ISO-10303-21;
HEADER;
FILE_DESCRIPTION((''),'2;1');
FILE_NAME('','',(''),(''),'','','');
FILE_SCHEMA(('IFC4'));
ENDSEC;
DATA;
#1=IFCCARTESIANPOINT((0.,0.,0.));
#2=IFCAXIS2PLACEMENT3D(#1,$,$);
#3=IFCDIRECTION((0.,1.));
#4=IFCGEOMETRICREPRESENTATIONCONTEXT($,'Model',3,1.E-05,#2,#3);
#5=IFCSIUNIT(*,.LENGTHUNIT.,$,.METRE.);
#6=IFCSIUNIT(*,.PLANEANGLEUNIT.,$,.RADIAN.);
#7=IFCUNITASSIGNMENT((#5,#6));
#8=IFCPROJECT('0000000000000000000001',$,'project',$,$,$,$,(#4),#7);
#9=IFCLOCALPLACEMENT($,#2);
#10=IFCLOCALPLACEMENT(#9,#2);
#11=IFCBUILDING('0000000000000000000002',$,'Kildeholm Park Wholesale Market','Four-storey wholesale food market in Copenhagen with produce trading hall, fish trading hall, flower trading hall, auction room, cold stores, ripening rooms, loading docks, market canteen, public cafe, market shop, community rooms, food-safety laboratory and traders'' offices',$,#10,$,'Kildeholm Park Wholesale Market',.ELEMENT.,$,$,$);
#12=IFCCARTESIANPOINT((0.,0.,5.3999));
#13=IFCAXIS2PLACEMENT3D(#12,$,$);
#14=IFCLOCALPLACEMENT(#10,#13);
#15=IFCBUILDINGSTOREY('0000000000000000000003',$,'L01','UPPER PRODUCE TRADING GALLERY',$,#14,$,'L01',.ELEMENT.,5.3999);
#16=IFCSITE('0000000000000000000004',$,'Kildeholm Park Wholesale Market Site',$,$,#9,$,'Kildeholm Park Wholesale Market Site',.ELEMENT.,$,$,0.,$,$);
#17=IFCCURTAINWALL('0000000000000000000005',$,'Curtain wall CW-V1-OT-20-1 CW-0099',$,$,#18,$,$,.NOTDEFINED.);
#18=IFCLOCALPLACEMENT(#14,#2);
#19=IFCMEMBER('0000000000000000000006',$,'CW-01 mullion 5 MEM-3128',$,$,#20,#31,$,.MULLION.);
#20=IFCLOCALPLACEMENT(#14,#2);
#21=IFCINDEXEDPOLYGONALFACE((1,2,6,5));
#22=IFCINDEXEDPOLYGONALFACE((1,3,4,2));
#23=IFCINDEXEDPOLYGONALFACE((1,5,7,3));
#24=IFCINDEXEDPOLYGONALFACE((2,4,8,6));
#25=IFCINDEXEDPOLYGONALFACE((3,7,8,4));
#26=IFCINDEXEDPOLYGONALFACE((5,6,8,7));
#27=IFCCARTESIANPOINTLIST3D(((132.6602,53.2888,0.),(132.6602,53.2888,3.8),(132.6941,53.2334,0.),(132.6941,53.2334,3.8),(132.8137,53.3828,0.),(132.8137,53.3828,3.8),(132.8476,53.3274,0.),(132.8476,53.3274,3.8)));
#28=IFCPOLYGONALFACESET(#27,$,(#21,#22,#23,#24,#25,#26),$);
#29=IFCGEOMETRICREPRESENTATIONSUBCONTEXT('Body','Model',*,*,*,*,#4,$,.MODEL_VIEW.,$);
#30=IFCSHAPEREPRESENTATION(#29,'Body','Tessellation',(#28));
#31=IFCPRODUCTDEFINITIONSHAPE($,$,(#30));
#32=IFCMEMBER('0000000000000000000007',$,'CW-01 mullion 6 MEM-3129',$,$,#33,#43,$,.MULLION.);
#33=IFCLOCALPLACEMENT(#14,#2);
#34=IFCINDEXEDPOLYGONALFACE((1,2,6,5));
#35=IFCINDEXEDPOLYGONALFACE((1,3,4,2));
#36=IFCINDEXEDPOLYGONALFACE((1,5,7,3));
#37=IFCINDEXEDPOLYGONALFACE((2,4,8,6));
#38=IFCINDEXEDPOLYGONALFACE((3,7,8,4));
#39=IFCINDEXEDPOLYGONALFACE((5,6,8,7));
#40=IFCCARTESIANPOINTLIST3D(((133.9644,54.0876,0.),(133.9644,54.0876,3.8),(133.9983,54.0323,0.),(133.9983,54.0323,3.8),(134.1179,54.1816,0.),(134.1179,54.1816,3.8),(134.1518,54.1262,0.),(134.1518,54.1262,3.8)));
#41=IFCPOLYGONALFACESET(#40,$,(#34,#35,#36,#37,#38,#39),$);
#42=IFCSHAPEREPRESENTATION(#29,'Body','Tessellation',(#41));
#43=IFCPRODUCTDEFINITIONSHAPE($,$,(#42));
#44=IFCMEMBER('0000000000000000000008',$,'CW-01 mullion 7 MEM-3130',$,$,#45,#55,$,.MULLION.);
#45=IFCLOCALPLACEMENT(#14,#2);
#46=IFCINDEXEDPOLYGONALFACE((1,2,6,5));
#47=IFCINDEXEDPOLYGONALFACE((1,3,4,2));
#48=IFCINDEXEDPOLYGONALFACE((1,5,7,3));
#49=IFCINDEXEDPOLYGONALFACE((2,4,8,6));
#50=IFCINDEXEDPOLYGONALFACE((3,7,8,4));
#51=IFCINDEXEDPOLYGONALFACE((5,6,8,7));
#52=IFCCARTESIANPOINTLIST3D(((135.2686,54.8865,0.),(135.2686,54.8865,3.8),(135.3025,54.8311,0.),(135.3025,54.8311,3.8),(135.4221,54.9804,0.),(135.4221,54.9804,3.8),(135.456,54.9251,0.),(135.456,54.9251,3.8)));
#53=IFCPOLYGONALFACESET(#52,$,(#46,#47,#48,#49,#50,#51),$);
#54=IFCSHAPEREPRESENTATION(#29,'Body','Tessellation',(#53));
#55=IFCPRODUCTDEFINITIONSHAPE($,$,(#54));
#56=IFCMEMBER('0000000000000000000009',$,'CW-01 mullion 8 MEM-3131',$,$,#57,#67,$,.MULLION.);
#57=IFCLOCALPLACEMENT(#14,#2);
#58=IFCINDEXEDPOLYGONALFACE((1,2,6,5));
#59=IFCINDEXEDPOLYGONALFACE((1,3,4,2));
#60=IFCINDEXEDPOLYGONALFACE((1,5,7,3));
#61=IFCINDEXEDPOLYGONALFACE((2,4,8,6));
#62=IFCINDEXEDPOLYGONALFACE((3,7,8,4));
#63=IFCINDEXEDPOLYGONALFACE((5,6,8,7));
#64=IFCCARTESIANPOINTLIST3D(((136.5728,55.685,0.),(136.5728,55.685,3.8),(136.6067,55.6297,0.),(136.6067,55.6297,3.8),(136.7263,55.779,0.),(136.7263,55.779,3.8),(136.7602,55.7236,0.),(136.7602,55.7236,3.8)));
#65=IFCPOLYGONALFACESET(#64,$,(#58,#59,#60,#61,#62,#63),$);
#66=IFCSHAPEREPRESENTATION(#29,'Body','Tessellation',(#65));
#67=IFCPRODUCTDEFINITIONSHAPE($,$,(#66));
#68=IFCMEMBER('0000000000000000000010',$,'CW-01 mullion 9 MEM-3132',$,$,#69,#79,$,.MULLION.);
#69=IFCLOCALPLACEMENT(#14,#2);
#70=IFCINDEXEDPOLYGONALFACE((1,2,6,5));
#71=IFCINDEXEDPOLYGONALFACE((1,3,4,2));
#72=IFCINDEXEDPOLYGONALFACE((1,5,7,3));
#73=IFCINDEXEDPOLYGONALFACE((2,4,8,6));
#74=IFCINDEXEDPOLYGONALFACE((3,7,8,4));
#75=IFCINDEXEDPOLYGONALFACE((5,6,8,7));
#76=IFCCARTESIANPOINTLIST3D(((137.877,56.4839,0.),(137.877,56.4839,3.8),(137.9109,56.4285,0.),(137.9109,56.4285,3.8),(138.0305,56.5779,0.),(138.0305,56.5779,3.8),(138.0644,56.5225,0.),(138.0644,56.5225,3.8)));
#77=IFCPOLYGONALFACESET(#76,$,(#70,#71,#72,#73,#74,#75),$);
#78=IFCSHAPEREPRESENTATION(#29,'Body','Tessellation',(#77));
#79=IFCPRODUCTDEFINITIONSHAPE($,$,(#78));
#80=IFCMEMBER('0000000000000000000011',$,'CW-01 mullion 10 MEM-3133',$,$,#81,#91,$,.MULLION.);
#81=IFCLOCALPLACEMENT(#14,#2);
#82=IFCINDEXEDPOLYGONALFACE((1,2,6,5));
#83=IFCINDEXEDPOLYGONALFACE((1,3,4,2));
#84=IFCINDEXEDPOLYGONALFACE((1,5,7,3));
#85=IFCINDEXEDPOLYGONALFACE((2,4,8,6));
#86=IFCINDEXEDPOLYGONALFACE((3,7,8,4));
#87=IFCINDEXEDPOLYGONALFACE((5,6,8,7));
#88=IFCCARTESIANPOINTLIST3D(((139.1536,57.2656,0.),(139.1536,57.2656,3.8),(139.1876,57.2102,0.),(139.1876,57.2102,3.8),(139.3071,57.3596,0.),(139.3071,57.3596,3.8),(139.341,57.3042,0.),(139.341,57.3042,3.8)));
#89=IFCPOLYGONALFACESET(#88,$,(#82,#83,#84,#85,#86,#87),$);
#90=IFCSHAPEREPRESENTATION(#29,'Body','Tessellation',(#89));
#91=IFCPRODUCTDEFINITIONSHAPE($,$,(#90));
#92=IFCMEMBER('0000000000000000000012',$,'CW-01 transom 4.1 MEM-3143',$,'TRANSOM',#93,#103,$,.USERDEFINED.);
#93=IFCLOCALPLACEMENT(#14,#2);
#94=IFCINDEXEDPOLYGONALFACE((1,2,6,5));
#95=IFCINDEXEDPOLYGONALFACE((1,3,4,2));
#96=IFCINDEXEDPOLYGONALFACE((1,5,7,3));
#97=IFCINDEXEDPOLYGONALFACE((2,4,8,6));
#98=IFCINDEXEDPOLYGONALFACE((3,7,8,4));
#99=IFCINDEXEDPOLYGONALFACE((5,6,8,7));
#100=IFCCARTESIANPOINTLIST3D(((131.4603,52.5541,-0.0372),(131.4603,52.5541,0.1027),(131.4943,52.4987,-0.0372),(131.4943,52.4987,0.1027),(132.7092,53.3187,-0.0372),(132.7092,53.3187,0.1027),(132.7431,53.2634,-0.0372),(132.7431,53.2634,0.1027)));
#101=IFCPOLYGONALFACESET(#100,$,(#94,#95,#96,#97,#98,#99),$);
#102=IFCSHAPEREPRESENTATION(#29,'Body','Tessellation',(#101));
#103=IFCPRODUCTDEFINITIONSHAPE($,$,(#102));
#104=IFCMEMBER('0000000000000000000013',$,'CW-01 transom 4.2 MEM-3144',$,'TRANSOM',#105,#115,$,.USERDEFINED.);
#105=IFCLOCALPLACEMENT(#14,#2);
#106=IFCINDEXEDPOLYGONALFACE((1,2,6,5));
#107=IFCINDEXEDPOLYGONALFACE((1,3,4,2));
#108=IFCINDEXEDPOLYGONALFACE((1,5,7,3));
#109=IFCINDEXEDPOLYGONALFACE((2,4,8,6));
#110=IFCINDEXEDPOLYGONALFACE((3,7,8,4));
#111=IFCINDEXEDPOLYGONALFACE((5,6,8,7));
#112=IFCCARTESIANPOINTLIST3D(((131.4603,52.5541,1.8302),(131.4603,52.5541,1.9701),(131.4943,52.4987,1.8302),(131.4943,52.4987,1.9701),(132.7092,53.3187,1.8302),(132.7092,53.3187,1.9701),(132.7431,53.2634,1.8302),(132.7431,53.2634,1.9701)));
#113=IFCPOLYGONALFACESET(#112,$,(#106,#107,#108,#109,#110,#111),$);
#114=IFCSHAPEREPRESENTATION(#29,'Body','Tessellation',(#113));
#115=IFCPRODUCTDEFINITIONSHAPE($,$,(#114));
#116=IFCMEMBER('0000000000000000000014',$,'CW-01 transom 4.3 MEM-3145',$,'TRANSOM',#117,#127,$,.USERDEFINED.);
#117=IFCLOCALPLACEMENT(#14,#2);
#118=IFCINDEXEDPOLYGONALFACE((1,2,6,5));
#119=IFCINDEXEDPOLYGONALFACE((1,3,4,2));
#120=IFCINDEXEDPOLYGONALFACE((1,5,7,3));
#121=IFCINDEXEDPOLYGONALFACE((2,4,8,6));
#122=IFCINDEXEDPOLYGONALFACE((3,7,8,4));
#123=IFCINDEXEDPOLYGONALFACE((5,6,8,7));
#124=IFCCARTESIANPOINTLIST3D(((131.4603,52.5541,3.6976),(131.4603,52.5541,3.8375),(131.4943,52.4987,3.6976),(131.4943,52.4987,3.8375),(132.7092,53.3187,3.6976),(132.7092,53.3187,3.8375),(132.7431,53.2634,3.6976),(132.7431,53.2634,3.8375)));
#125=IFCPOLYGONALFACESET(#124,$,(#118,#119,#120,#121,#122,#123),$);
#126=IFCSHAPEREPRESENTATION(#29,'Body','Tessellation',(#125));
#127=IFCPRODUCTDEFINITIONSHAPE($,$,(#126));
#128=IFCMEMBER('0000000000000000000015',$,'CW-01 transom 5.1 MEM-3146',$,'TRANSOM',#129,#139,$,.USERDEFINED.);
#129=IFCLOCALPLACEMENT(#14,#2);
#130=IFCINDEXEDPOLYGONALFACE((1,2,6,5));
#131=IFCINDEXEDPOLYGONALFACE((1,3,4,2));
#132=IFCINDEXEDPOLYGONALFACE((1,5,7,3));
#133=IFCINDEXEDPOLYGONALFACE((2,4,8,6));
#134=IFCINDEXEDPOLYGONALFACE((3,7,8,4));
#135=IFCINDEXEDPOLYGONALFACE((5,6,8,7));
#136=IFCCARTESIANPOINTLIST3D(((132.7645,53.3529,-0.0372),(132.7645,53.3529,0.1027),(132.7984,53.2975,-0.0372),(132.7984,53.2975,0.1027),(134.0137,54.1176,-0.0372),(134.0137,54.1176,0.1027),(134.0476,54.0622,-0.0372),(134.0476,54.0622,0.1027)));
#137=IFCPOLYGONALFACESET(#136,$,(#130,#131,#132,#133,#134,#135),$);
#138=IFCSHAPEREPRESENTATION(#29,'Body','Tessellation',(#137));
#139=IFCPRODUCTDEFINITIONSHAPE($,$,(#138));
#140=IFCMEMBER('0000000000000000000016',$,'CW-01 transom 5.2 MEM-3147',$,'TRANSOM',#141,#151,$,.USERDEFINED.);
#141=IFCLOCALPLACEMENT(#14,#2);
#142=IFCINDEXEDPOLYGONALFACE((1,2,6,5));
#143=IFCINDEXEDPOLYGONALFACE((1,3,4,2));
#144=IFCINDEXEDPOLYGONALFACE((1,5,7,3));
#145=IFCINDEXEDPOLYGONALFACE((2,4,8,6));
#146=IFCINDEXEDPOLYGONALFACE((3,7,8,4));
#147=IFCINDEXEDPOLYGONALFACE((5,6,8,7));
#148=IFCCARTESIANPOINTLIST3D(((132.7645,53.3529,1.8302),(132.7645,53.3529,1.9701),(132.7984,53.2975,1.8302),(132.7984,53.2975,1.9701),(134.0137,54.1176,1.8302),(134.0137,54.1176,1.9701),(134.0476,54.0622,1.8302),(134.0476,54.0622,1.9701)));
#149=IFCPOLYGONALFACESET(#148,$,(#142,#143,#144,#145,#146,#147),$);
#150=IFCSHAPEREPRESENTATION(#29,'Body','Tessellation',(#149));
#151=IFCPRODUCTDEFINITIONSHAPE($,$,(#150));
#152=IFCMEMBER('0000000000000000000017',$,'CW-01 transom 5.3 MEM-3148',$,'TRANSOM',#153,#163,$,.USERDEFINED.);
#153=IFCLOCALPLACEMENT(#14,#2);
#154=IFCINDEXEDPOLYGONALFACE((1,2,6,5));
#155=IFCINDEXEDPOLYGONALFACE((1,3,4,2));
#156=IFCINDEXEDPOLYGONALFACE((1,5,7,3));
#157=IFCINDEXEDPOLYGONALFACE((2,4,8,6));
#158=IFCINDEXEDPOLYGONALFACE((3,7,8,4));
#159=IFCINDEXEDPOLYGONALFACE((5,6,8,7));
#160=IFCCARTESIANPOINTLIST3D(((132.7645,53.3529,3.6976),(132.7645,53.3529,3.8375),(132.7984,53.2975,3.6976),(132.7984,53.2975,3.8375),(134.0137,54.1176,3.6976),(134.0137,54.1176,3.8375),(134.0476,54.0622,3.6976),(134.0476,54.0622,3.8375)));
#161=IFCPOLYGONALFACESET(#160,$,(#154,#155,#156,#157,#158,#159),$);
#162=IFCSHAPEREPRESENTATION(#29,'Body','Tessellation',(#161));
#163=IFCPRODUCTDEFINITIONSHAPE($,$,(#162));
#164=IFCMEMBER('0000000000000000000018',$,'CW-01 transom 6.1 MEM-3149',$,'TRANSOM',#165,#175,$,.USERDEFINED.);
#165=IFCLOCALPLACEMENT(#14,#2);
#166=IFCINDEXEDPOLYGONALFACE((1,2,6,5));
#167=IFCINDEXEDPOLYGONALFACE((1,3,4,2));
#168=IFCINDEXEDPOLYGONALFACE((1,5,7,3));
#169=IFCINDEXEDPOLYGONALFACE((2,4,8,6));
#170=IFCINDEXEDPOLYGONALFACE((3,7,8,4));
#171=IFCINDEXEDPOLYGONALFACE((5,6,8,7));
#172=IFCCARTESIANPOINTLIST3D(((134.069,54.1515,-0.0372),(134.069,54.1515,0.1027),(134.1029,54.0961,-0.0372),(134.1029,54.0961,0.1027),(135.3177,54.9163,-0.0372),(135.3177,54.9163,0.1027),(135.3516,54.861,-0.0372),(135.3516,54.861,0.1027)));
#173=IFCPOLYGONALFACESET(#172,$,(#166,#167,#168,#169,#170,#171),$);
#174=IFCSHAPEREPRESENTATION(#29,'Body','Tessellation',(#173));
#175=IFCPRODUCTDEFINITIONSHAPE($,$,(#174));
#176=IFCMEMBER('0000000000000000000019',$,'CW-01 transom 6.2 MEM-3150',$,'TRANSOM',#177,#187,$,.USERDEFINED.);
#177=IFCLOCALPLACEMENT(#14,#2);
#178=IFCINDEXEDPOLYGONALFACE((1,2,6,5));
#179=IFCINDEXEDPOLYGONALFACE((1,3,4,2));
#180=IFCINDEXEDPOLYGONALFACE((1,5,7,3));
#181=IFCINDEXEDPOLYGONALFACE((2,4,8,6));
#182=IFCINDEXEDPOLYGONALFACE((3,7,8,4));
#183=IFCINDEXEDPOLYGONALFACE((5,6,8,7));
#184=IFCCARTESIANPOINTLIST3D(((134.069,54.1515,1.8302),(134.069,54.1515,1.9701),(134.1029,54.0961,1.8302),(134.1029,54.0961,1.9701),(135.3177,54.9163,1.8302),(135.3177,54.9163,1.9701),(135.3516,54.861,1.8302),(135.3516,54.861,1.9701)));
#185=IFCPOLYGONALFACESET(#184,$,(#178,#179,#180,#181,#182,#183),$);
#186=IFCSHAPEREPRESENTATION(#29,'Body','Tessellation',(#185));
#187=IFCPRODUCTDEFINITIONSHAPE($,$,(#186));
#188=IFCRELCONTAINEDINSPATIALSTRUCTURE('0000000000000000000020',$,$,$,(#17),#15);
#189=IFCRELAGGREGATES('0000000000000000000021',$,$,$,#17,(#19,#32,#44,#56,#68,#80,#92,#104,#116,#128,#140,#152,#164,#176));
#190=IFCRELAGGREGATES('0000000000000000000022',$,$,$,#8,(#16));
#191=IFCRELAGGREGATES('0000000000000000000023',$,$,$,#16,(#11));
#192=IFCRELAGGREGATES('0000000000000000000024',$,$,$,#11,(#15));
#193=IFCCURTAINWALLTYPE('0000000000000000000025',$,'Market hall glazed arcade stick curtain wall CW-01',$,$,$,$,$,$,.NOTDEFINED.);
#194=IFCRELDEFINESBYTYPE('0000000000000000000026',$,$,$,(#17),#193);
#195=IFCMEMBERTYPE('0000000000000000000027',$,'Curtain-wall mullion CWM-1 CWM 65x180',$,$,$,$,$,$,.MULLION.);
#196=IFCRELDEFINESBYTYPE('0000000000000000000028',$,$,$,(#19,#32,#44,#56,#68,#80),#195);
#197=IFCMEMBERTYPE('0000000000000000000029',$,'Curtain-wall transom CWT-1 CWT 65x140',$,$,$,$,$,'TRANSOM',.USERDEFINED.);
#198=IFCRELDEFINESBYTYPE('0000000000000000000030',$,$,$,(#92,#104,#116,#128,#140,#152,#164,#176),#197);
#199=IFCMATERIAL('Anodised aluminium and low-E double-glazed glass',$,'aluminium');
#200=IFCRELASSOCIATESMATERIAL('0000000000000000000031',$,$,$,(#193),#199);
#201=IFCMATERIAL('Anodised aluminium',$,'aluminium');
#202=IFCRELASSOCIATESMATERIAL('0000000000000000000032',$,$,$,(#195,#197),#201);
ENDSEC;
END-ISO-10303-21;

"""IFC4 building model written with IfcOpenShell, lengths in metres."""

from ifc_helpers import new_model, si_unit, direction, frame, origin, origin_2d, place, context, subcontext, project, spatial, rectangle, extrude, material, material_profile, profile_set, type_object, element, aggregate, save


model = new_model("IFC4")

# Units and contexts
model_context = context("Model", 3, precision=1e-05, world=origin(), true_north=direction((0.0, 1.0)))
body_context = subcontext(model_context, "Body", "Model", "MODEL_VIEW")
ifc_project = project(units=[si_unit("LENGTHUNIT", "METRE"), si_unit("PLANEANGLEUNIT", "RADIAN")], contexts=[model_context])

# Site, building, storey
site_placement = place(None, origin())
site = spatial("IfcSite", under=ifc_project, at=site_placement, Name="Kildeholm Park Wholesale Market Site", LongName="Kildeholm Park Wholesale Market Site", CompositionType="ELEMENT", RefElevation=0.0)
building_placement = place(site_placement, origin())
building = spatial("IfcBuilding", under=site, at=building_placement, Name="Kildeholm Park Wholesale Market", Description="Four-storey wholesale food market in Copenhagen with produce trading hall, fish trading hall, flower trading hall, auction room, cold stores, ripening rooms, loading docks, market canteen, public cafe, market shop, community rooms, food-safety laboratory and traders' offices", LongName="Kildeholm Park Wholesale Market", CompositionType="ELEMENT")
storey_placement = place(building_placement, frame((0.0, 0.0, 5.3999)))
storey = spatial("IfcBuildingStorey", under=building, at=storey_placement, Name="L01", Description="UPPER PRODUCE TRADING GALLERY", LongName="L01", CompositionType="ELEMENT", Elevation=5.3999)

# Curtain wall, members
ifc_material_1 = material(Name="Anodised aluminium and low-E double-glazed glass", Category="aluminium")
curtain_wall_type = type_object("IfcCurtainWallType", Name="Market hall glazed arcade stick curtain wall CW-01", PredefinedType="NOTDEFINED", material=ifc_material_1)
curtain_wall_placement = place(storey_placement, origin())
curtain_wall = element("IfcCurtainWall", 1, at=curtain_wall_placement, inside=storey, type_object=curtain_wall_type, Name="Curtain wall CW-V1-OT-20-1 CW-0099", PredefinedType="NOTDEFINED")
ifc_material_2 = material(Name="Anodised aluminium", Category="aluminium")
ifc_material_profile_1 = material_profile(ifc_material_2, rectangle(XDim=0.0649, YDim=0.1799, at=origin_2d()), Name="CWM 65x180")
ifc_profile_set_1 = profile_set([ifc_material_profile_1], Name="Anodised aluminium")
member_type_1 = type_object("IfcMemberType", Name="Curtain-wall mullion CWM-1 CWM 65x180", PredefinedType="MULLION", material=ifc_profile_set_1)
member_1_placement = place(storey_placement, frame((132.7539, 53.3081, 0.0), z_axis=(0.0, 0.0, 1.0), x_axis=(-0.522284, 0.852771, 0.0)))
member_1 = element("IfcMember", 2, at=member_1_placement, type_object=member_type_1, Name="CW-01 mullion 5 MEM-3128", PredefinedType="MULLION", context=body_context, shape_type="SweptSolid", body=[
    extrude(rectangle(XDim=0.0649, YDim=0.1799, at=origin_2d()), origin(), (0.0, 0.0, 1.0), 3.8),
])
member_2_placement = place(storey_placement, frame((134.0581, 54.1069, 0.0), z_axis=(0.0, 0.0, 1.0), x_axis=(-0.522284, 0.852771, 0.0)))
member_2 = element("IfcMember", 3, at=member_2_placement, type_object=member_type_1, Name="CW-01 mullion 6 MEM-3129", PredefinedType="MULLION", context=body_context, shape_type="SweptSolid", body=[
    extrude(rectangle(XDim=0.0649, YDim=0.1799, at=origin_2d()), origin(), (0.0, 0.0, 1.0), 3.8),
])
member_3_placement = place(storey_placement, frame((135.3623, 54.9058, 0.0), z_axis=(0.0, 0.0, 1.0), x_axis=(-0.522284, 0.852771, 0.0)))
member_3 = element("IfcMember", 4, at=member_3_placement, type_object=member_type_1, Name="CW-01 mullion 7 MEM-3130", PredefinedType="MULLION", context=body_context, shape_type="SweptSolid", body=[
    extrude(rectangle(XDim=0.0649, YDim=0.1799, at=origin_2d()), origin(), (0.0, 0.0, 1.0), 3.8),
])
member_4_placement = place(storey_placement, frame((136.6665, 55.7043, 0.0), z_axis=(0.0, 0.0, 1.0), x_axis=(-0.522284, 0.852771, 0.0)))
member_4 = element("IfcMember", 5, at=member_4_placement, type_object=member_type_1, Name="CW-01 mullion 8 MEM-3131", PredefinedType="MULLION", context=body_context, shape_type="SweptSolid", body=[
    extrude(rectangle(XDim=0.0649, YDim=0.1799, at=origin_2d()), origin(), (0.0, 0.0, 1.0), 3.8),
])
member_5_placement = place(storey_placement, frame((137.9707, 56.5032, 0.0), z_axis=(0.0, 0.0, 1.0), x_axis=(-0.522284, 0.852771, 0.0)))
member_5 = element("IfcMember", 6, at=member_5_placement, type_object=member_type_1, Name="CW-01 mullion 9 MEM-3132", PredefinedType="MULLION", context=body_context, shape_type="SweptSolid", body=[
    extrude(rectangle(XDim=0.0649, YDim=0.1799, at=origin_2d()), origin(), (0.0, 0.0, 1.0), 3.8),
])
member_6_placement = place(storey_placement, frame((139.2473, 57.2849, 0.0), z_axis=(0.0, 0.0, 1.0), x_axis=(-0.522284, 0.852771, 0.0)))
member_6 = element("IfcMember", 7, at=member_6_placement, type_object=member_type_1, Name="CW-01 mullion 10 MEM-3133", PredefinedType="MULLION", context=body_context, shape_type="SweptSolid", body=[
    extrude(rectangle(XDim=0.0649, YDim=0.1799, at=origin_2d()), origin(), (0.0, 0.0, 1.0), 3.8),
])
ifc_material_profile_2 = material_profile(ifc_material_2, rectangle(XDim=0.0649, YDim=0.1399, at=origin_2d()), Name="CWT 65x140")
ifc_profile_set_2 = profile_set([ifc_material_profile_2], Name="Anodised aluminium")
member_type_2 = type_object("IfcMemberType", Name="Curtain-wall transom CWT-1 CWT 65x140", ElementType="TRANSOM", PredefinedType="USERDEFINED", material=ifc_profile_set_2)
member_7_placement = place(storey_placement, frame((131.4773, 52.5264, 0.0327), z_axis=(0.852824, 0.522198, 0.0), x_axis=(-0.522198, 0.852824, 0.0)))
member_7 = element("IfcMember", 8, at=member_7_placement, type_object=member_type_2, Name="CW-01 transom 4.1 MEM-3143", ObjectType="TRANSOM", PredefinedType="USERDEFINED", context=body_context, shape_type="SweptSolid", body=[
    extrude(rectangle(XDim=0.0649, YDim=0.1399, at=origin_2d()), origin(), (0.0, 0.0, 1.0), 1.4644),
])
member_8_placement = place(storey_placement, frame((131.4773, 52.5264, 1.9001), z_axis=(0.852824, 0.522198, 0.0), x_axis=(-0.522198, 0.852824, 0.0)))
member_8 = element("IfcMember", 9, at=member_8_placement, type_object=member_type_2, Name="CW-01 transom 4.2 MEM-3144", ObjectType="TRANSOM", PredefinedType="USERDEFINED", context=body_context, shape_type="SweptSolid", body=[
    extrude(rectangle(XDim=0.0649, YDim=0.1399, at=origin_2d()), origin(), (0.0, 0.0, 1.0), 1.4644),
])
member_9_placement = place(storey_placement, frame((131.4773, 52.5264, 3.7676), z_axis=(0.852824, 0.522198, 0.0), x_axis=(-0.522198, 0.852824, 0.0)))
member_9 = element("IfcMember", 10, at=member_9_placement, type_object=member_type_2, Name="CW-01 transom 4.3 MEM-3145", ObjectType="TRANSOM", PredefinedType="USERDEFINED", context=body_context, shape_type="SweptSolid", body=[
    extrude(rectangle(XDim=0.0649, YDim=0.1399, at=origin_2d()), origin(), (0.0, 0.0, 1.0), 1.4644),
])
member_10_placement = place(storey_placement, frame((132.7815, 53.3252, 0.0327), z_axis=(0.852869, 0.522124, 0.0), x_axis=(-0.522124, 0.852869, 0.0)))
member_10 = element("IfcMember", 11, at=member_10_placement, type_object=member_type_2, Name="CW-01 transom 5.1 MEM-3146", ObjectType="TRANSOM", PredefinedType="USERDEFINED", context=body_context, shape_type="SweptSolid", body=[
    extrude(rectangle(XDim=0.0649, YDim=0.1399, at=origin_2d()), origin(), (0.0, 0.0, 1.0), 1.4646),
])
member_11_placement = place(storey_placement, frame((132.7815, 53.3252, 1.9001), z_axis=(0.852869, 0.522124, 0.0), x_axis=(-0.522124, 0.852869, 0.0)))
member_11 = element("IfcMember", 12, at=member_11_placement, type_object=member_type_2, Name="CW-01 transom 5.2 MEM-3147", ObjectType="TRANSOM", PredefinedType="USERDEFINED", context=body_context, shape_type="SweptSolid", body=[
    extrude(rectangle(XDim=0.0649, YDim=0.1399, at=origin_2d()), origin(), (0.0, 0.0, 1.0), 1.4646),
])
member_12_placement = place(storey_placement, frame((132.7815, 53.3252, 3.7676), z_axis=(0.852869, 0.522124, 0.0), x_axis=(-0.522124, 0.852869, 0.0)))
member_12 = element("IfcMember", 13, at=member_12_placement, type_object=member_type_2, Name="CW-01 transom 5.3 MEM-3148", ObjectType="TRANSOM", PredefinedType="USERDEFINED", context=body_context, shape_type="SweptSolid", body=[
    extrude(rectangle(XDim=0.0649, YDim=0.1399, at=origin_2d()), origin(), (0.0, 0.0, 1.0), 1.4646),
])
member_13_placement = place(storey_placement, frame((134.0859, 54.1238, 0.0327), z_axis=(0.85275, 0.52232, 0.0), x_axis=(-0.52232, 0.85275, 0.0)))
member_13 = element("IfcMember", 14, at=member_13_placement, type_object=member_type_2, Name="CW-01 transom 6.1 MEM-3149", ObjectType="TRANSOM", PredefinedType="USERDEFINED", context=body_context, shape_type="SweptSolid", body=[
    extrude(rectangle(XDim=0.0649, YDim=0.1399, at=origin_2d()), origin(), (0.0, 0.0, 1.0), 1.4644),
])
member_14_placement = place(storey_placement, frame((134.0859, 54.1238, 1.9001), z_axis=(0.85275, 0.52232, 0.0), x_axis=(-0.52232, 0.85275, 0.0)))
member_14 = element("IfcMember", 15, at=member_14_placement, type_object=member_type_2, Name="CW-01 transom 6.2 MEM-3150", ObjectType="TRANSOM", PredefinedType="USERDEFINED", context=body_context, shape_type="SweptSolid", body=[
    extrude(rectangle(XDim=0.0649, YDim=0.1399, at=origin_2d()), origin(), (0.0, 0.0, 1.0), 1.4644),
])
aggregate(curtain_wall, [member_1, member_2, member_3, member_4, member_5, member_6, member_7, member_8, member_9, member_10, member_11, member_12, member_13, member_14])

save(model, "model.ifc")
